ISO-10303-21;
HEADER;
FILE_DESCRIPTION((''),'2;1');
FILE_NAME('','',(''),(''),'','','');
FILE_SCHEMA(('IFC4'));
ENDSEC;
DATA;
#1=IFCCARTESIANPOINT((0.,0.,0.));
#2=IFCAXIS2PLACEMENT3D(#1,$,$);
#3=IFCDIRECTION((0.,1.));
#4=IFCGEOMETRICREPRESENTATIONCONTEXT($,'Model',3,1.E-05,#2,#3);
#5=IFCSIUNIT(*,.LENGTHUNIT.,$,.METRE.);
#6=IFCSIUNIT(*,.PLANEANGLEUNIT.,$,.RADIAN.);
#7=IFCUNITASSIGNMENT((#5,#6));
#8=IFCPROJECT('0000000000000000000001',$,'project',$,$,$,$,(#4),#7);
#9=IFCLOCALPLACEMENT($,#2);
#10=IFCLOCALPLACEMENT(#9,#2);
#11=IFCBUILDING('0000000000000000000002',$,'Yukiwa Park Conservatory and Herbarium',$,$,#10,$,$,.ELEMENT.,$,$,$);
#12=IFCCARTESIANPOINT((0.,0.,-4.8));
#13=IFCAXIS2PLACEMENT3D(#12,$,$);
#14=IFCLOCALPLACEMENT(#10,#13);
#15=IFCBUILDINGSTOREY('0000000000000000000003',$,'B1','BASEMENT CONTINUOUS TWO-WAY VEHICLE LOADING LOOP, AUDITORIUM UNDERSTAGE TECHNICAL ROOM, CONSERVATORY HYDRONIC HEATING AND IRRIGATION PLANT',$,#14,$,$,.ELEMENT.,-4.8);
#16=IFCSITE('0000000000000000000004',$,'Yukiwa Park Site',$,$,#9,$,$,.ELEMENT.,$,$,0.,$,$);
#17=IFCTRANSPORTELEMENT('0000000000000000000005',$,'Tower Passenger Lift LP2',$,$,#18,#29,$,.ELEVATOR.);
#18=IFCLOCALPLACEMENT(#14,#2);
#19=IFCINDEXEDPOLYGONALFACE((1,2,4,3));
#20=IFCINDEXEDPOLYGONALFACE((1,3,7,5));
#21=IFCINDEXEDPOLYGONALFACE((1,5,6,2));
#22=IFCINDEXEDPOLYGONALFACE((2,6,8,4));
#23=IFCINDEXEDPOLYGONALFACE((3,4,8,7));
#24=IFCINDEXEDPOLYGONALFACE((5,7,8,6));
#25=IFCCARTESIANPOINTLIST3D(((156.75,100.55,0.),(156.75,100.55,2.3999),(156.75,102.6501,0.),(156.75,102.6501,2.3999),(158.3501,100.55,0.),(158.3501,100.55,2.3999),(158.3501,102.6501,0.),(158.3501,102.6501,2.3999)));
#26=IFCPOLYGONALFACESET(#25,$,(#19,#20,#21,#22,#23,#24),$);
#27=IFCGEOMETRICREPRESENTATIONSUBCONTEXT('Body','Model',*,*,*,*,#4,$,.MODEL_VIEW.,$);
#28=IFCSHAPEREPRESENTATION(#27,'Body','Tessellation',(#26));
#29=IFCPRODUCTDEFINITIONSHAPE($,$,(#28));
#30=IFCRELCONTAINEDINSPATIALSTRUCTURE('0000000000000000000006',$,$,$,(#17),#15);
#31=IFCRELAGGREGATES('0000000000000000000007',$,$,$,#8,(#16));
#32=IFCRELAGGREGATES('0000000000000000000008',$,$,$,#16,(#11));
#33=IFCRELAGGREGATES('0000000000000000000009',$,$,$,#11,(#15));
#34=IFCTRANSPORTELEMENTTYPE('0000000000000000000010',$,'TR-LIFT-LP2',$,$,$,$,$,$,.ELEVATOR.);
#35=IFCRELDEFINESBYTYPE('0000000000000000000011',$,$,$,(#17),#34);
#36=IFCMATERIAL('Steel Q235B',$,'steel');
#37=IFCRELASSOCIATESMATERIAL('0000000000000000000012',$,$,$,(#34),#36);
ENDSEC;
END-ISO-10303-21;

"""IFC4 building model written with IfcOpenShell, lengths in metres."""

from ifc_helpers import new_model, si_unit, direction, frame, origin, origin_2d, place, context, subcontext, project, spatial, rectangle, extrude, material, type_object, element, save


model = new_model("IFC4")

# Units and contexts
model_context = context("Model", 3, precision=1e-05, world=origin(), true_north=direction((0.0, 1.0)))
body_context = subcontext(model_context, "Body", "Model", "MODEL_VIEW")
ifc_project = project(units=[si_unit("LENGTHUNIT", "METRE"), si_unit("PLANEANGLEUNIT", "RADIAN")], contexts=[model_context])

# Site, building, storey
site_placement = place(None, origin())
site = spatial("IfcSite", under=ifc_project, at=site_placement, Name="Yukiwa Park Site", CompositionType="ELEMENT", RefElevation=0.0)
building_placement = place(site_placement, origin())
building = spatial("IfcBuilding", under=site, at=building_placement, Name="Yukiwa Park Conservatory and Herbarium", CompositionType="ELEMENT")
storey_placement = place(building_placement, frame((0.0, 0.0, -4.8)))
storey = spatial("IfcBuildingStorey", under=building, at=storey_placement, Name="B1", Description="BASEMENT CONTINUOUS TWO-WAY VEHICLE LOADING LOOP, AUDITORIUM UNDERSTAGE TECHNICAL ROOM, CONSERVATORY HYDRONIC HEATING AND IRRIGATION PLANT", CompositionType="ELEMENT", Elevation=-4.8)

# Transport element
ifc_material_1 = material(Name="Steel Q235B", Category="steel")
transport_element_type_1 = type_object("IfcTransportElementType", Name="TR-LIFT-LP2", PredefinedType="ELEVATOR", material=ifc_material_1)
transport_element_1_placement = place(storey_placement, frame((157.55, 101.6001, 0.0), z_axis=(0.0, 0.0, 1.0), x_axis=(1.0, 0.0, 0.0)))
element("IfcTransportElement", 1, at=transport_element_1_placement, inside=storey, type_object=transport_element_type_1, Name="Tower Passenger Lift LP2", PredefinedType="ELEVATOR", context=body_context, shape_type="SweptSolid", body=[
    extrude(rectangle(XDim=1.6001, YDim=2.1001, at=origin_2d()), origin(), (0.0, 0.0, 1.0), 2.3999),
])

save(model, "model.ifc")
